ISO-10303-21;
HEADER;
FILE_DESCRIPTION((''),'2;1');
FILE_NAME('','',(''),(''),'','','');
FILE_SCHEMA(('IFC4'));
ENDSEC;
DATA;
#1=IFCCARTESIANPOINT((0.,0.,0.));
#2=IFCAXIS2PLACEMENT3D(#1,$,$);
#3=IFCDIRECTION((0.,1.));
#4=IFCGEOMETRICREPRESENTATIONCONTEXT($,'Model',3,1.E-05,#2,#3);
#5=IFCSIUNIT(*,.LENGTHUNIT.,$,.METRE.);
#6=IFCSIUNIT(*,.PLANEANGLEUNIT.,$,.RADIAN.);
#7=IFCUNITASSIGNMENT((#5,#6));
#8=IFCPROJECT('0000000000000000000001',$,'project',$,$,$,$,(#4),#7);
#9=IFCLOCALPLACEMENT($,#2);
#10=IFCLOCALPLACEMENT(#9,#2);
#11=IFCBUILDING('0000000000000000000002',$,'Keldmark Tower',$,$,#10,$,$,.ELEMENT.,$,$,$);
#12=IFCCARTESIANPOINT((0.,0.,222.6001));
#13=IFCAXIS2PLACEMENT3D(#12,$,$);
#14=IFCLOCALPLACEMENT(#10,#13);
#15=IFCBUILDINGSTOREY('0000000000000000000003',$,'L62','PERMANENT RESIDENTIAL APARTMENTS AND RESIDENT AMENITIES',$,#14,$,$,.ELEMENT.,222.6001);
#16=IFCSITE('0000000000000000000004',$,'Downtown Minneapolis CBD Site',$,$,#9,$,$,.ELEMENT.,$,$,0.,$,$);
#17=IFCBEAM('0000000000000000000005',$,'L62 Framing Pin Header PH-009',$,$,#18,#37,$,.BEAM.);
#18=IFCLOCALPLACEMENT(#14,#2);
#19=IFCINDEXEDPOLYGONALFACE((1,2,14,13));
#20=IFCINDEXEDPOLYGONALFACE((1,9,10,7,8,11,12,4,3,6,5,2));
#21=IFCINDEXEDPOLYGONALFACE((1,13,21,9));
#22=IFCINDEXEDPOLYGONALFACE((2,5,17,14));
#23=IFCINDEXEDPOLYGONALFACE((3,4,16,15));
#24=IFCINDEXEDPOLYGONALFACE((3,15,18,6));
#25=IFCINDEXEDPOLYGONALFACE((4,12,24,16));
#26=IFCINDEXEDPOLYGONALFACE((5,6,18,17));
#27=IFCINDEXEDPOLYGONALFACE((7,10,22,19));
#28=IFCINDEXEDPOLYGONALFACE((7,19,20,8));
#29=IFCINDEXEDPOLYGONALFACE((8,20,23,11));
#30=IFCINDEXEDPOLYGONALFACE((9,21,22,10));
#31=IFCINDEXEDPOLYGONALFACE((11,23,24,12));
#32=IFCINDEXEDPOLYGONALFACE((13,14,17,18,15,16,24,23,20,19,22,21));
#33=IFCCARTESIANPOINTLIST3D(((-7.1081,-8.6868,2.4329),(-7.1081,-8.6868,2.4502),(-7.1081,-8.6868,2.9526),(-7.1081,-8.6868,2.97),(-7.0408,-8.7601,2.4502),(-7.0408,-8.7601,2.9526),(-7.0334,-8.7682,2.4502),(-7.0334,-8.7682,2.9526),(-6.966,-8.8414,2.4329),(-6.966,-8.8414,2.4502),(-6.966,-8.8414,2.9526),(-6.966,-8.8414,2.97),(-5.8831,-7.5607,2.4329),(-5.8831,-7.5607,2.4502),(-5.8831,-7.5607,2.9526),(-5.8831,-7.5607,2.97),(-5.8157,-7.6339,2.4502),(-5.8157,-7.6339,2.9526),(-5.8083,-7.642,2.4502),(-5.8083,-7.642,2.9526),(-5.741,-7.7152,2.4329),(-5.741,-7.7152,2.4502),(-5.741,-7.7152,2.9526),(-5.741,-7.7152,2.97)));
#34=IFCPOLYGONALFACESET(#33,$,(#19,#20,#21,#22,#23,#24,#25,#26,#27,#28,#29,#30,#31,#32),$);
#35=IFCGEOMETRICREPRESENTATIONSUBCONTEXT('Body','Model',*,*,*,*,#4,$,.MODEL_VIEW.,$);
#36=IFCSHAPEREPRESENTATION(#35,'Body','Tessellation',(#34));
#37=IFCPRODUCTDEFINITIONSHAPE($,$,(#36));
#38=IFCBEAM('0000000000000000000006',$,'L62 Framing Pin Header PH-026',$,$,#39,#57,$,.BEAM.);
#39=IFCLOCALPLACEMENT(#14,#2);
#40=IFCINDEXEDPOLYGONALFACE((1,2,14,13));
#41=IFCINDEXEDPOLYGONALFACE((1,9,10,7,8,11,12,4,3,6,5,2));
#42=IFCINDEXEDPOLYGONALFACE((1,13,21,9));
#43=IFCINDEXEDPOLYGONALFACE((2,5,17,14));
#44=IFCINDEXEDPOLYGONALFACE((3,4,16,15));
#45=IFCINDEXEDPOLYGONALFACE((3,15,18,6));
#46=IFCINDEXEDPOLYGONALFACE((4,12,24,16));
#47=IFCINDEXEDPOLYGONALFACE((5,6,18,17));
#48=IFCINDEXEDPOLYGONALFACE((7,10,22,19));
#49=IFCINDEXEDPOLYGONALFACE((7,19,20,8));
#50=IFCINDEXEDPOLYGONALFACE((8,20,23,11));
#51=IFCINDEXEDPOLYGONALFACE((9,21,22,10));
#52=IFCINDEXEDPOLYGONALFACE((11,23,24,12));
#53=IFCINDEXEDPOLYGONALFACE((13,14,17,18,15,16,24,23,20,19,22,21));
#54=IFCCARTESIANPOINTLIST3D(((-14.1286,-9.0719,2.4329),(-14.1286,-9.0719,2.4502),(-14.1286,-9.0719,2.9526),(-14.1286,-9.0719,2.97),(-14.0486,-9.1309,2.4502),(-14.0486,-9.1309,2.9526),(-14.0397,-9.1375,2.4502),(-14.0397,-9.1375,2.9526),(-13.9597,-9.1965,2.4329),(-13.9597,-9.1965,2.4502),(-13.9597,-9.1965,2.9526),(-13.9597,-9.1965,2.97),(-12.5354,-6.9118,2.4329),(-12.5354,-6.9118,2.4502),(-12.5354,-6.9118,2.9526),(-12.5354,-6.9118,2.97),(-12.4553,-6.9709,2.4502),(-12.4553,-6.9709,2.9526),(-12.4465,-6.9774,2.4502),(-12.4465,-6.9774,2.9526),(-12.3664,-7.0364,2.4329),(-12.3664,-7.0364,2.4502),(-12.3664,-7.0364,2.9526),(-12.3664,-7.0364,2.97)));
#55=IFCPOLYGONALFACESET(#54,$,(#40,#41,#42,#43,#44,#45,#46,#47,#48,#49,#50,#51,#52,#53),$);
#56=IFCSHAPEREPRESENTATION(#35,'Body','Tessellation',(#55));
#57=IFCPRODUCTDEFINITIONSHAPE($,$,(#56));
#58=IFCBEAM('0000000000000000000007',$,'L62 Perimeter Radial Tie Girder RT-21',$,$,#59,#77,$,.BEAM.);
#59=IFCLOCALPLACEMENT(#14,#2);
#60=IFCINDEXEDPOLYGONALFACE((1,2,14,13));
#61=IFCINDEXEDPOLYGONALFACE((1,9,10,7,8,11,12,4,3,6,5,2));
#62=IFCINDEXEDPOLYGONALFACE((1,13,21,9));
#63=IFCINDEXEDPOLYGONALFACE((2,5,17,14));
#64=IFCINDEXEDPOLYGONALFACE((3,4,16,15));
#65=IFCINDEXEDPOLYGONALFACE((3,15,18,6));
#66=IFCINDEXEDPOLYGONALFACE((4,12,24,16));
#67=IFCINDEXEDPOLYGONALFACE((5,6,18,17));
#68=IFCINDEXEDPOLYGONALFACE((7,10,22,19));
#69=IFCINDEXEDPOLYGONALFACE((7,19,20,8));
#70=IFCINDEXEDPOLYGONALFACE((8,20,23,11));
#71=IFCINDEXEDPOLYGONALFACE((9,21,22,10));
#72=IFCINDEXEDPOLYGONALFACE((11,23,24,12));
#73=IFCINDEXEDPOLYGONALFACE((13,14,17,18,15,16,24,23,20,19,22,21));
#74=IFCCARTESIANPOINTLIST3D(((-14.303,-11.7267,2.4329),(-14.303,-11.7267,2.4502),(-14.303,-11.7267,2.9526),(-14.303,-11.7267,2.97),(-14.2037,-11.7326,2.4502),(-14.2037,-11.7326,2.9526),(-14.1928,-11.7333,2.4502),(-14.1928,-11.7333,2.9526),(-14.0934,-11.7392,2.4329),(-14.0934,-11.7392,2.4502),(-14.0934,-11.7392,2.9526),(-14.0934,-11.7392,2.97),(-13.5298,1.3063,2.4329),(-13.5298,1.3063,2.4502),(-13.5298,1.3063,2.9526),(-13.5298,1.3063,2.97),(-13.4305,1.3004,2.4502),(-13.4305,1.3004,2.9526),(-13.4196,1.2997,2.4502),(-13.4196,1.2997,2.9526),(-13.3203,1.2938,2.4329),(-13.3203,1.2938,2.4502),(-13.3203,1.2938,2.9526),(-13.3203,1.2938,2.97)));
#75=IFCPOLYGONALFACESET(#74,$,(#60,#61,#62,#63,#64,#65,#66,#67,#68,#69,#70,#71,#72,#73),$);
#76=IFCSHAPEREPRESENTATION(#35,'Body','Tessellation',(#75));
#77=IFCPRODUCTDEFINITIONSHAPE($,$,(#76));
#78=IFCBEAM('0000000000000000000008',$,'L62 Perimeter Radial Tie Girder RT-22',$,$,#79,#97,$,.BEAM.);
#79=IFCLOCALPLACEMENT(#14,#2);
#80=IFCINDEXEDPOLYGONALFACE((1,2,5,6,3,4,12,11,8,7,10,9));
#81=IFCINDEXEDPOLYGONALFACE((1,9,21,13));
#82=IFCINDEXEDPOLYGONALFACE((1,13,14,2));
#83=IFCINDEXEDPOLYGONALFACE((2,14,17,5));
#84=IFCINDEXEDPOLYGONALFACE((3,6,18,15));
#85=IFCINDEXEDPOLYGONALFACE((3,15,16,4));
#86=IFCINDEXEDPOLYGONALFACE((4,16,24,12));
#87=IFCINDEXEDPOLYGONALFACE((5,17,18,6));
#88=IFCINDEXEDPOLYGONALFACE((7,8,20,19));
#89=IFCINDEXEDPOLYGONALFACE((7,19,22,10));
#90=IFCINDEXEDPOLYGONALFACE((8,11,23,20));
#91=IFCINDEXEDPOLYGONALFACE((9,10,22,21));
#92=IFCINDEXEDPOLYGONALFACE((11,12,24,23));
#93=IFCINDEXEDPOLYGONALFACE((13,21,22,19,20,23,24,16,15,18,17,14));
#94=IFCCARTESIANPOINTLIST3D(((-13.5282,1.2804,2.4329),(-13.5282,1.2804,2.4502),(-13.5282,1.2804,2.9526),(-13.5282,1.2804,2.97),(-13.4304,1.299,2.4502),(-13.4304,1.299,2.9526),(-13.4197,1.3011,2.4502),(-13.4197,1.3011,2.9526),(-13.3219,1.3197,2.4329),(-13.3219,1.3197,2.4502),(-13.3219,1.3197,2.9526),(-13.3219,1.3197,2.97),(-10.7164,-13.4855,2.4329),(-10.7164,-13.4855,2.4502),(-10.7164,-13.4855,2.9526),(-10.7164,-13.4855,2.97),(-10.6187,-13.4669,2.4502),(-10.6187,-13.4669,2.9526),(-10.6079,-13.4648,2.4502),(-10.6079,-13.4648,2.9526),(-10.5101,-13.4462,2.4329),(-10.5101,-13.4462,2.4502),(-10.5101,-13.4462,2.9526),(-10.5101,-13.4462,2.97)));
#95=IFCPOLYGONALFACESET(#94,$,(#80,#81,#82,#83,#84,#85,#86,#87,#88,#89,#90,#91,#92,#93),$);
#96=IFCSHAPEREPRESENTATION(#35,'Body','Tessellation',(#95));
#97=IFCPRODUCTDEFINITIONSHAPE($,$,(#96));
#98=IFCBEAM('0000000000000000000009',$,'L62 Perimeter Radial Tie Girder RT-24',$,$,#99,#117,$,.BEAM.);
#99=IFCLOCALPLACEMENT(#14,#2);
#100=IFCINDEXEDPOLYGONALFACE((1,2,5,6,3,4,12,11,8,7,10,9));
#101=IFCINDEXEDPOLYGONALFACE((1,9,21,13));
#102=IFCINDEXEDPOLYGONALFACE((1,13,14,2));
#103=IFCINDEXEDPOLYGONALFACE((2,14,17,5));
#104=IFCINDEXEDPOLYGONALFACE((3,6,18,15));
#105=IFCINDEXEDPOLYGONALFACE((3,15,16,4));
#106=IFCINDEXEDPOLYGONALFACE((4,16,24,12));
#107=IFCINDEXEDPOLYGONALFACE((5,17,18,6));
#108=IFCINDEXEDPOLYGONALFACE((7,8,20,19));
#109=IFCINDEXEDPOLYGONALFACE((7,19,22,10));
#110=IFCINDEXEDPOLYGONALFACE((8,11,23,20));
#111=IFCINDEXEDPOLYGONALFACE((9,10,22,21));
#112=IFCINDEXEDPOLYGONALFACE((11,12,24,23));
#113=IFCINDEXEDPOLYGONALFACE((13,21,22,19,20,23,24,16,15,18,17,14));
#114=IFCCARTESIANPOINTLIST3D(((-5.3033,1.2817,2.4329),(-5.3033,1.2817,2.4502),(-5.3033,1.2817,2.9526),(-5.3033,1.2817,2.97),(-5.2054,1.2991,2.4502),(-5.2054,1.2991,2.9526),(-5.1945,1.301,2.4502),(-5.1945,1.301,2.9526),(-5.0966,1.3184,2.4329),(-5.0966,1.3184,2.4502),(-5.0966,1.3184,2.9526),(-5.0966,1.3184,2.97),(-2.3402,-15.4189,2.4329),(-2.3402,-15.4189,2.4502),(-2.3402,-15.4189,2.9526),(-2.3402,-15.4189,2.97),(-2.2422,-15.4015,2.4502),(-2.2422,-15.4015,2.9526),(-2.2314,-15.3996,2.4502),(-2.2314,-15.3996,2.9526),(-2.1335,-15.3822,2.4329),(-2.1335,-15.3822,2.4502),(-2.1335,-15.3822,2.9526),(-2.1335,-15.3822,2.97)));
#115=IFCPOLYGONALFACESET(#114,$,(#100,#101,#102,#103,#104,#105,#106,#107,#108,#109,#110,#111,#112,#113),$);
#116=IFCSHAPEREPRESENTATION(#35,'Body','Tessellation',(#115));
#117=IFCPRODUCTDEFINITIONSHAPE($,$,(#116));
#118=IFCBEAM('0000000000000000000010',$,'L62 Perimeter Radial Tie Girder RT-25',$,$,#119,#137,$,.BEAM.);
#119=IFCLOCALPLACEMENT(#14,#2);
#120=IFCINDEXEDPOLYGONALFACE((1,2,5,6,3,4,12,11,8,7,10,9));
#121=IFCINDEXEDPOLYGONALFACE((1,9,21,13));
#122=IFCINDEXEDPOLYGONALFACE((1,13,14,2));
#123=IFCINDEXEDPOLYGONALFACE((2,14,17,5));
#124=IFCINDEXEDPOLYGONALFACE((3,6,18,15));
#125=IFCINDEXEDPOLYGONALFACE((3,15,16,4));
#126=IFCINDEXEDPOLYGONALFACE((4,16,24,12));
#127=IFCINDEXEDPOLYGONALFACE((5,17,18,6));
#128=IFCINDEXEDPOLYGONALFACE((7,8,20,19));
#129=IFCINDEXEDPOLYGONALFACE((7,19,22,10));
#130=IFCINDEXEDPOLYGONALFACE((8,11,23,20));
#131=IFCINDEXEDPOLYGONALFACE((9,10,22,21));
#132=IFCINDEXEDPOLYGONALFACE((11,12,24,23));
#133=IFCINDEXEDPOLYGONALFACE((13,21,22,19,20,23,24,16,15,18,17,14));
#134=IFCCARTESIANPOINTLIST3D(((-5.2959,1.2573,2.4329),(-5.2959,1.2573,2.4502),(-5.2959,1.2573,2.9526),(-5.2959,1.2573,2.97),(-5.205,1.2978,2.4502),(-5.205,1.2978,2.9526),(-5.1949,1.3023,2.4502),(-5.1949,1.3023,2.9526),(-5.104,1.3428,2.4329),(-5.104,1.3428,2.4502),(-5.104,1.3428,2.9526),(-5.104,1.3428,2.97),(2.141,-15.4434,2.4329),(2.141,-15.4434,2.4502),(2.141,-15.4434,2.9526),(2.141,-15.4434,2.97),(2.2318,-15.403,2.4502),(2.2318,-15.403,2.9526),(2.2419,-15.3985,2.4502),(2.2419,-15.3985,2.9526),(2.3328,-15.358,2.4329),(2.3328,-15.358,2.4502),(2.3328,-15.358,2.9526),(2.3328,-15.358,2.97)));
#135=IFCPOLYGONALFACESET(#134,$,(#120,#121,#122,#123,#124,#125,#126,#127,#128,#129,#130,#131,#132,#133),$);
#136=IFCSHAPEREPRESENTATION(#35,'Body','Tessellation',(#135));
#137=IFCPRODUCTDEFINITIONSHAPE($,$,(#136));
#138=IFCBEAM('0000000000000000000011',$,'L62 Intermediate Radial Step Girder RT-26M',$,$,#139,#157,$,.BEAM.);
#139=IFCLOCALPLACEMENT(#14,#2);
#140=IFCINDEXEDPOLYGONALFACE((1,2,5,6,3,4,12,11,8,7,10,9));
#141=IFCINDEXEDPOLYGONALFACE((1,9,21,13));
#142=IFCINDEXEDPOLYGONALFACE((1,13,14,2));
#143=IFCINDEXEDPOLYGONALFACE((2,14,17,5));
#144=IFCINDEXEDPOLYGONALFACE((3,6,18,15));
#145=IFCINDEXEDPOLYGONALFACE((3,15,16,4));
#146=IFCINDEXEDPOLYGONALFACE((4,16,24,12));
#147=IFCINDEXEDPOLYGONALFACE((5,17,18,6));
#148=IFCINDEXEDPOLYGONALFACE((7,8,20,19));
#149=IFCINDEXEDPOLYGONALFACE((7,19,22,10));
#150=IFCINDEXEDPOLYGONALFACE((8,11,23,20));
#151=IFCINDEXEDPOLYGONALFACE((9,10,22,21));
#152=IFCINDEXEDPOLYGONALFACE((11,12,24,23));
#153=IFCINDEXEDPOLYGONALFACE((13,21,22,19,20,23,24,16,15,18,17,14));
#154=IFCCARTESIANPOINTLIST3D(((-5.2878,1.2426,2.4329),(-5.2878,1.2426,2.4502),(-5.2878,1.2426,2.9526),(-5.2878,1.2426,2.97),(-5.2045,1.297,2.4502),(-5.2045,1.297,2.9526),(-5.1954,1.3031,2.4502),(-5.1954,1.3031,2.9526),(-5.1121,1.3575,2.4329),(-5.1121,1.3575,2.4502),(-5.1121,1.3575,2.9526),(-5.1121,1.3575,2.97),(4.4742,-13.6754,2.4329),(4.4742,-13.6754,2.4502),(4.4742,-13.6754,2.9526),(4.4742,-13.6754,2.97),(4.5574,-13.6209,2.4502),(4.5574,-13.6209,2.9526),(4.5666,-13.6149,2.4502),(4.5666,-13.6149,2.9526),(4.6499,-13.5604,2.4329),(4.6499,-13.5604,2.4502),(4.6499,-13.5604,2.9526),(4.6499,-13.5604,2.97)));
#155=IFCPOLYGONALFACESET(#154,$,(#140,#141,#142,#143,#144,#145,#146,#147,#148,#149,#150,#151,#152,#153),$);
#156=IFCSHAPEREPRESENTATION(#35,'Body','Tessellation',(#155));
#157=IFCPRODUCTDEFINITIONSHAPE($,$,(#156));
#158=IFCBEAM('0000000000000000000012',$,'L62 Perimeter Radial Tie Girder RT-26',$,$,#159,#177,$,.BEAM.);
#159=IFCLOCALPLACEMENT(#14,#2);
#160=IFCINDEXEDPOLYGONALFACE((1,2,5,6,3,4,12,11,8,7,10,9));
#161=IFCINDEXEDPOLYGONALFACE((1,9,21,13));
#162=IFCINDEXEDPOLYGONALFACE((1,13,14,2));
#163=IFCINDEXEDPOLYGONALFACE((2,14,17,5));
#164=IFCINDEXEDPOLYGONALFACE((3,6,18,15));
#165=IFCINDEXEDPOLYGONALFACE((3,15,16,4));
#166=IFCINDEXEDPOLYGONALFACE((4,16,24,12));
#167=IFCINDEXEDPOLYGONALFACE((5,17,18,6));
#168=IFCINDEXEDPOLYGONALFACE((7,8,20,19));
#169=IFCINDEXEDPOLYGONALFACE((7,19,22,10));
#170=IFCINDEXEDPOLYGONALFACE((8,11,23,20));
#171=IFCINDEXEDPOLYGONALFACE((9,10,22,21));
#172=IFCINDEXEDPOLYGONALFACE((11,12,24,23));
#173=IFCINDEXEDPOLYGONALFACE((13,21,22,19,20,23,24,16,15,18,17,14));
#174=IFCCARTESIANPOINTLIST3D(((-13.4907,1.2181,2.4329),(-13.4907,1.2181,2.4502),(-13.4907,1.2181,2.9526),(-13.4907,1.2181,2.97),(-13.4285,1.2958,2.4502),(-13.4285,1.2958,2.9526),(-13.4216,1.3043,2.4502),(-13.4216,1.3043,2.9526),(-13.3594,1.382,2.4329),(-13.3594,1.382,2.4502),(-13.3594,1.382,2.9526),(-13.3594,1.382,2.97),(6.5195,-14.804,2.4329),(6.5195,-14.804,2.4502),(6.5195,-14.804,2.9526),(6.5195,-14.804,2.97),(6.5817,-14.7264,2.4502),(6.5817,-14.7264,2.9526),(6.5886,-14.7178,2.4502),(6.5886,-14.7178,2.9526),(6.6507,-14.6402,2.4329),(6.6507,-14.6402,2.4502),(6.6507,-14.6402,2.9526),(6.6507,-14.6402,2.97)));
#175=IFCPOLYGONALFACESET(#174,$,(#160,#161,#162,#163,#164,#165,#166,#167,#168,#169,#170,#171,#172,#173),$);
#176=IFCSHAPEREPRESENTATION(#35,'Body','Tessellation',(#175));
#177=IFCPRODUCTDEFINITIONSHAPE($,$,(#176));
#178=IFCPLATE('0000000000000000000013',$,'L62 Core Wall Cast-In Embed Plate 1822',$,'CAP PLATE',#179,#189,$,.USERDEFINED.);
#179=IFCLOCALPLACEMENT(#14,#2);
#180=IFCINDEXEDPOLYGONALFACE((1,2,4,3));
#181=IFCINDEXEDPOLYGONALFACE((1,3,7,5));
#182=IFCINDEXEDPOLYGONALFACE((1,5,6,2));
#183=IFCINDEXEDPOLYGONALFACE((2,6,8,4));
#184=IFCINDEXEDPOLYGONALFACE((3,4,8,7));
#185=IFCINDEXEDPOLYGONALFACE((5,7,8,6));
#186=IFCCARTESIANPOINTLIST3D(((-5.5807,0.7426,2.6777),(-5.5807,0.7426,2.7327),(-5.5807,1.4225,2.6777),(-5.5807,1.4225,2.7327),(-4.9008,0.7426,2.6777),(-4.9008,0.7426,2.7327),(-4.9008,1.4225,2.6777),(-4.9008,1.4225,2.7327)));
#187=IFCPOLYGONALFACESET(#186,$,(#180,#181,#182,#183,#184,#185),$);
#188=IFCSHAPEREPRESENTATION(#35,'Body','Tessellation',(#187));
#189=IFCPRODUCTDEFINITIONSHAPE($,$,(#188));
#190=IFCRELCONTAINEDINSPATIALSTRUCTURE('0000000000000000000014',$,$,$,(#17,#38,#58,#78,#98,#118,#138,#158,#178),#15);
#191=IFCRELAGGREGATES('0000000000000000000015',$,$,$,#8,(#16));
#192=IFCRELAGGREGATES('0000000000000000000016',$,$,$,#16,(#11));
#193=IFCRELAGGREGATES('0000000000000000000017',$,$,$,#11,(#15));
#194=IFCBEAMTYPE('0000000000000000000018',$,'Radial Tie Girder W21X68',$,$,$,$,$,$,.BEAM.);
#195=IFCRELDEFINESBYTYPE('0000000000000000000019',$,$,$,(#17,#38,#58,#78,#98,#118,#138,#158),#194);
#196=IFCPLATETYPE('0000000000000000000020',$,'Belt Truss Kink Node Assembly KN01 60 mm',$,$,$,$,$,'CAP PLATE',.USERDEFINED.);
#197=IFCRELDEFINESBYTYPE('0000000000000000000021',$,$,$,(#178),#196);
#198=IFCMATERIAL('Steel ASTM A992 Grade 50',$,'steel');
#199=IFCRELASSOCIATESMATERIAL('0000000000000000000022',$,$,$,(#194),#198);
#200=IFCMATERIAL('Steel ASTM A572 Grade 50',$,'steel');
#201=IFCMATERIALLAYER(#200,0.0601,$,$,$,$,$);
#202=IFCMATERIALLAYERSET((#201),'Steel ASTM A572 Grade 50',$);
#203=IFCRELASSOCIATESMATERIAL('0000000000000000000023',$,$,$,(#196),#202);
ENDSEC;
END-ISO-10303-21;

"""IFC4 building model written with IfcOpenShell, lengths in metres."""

from ifc_helpers import new_model, si_unit, direction, frame, origin, origin_2d, place, context, subcontext, project, spatial, rectangle, i_section, extrude, material, layer, layer_set, material_profile, profile_set, type_object, element, save


model = new_model("IFC4")

# Units and contexts
model_context = context("Model", 3, precision=1e-05, world=origin(), true_north=direction((0.0, 1.0)))
body_context = subcontext(model_context, "Body", "Model", "MODEL_VIEW")
ifc_project = project(units=[si_unit("LENGTHUNIT", "METRE"), si_unit("PLANEANGLEUNIT", "RADIAN")], contexts=[model_context])

# Site, building, storey
site_placement = place(None, origin())
site = spatial("IfcSite", under=ifc_project, at=site_placement, Name="Downtown Minneapolis CBD Site", CompositionType="ELEMENT", RefElevation=0.0)
building_placement = place(site_placement, origin())
building = spatial("IfcBuilding", under=site, at=building_placement, Name="Keldmark Tower", CompositionType="ELEMENT")
storey_placement = place(building_placement, frame((0.0, 0.0, 222.6001)))
storey = spatial("IfcBuildingStorey", under=building, at=storey_placement, Name="L62", Description="PERMANENT RESIDENTIAL APARTMENTS AND RESIDENT AMENITIES", CompositionType="ELEMENT", Elevation=222.6001)

# Beams
ifc_material_1 = material(Name="Steel ASTM A992 Grade 50", Category="steel")
ifc_material_profile_1 = material_profile(ifc_material_1, i_section(OverallWidth=0.21, OverallDepth=0.5371, WebThickness=0.011, FlangeThickness=0.0173, at=origin_2d()), Name="W21X68")
ifc_profile_set_1 = profile_set([ifc_material_profile_1], Name="Steel ASTM A992 Grade 50")
beam_type_1 = type_object("IfcBeamType", Name="Radial Tie Girder W21X68", PredefinedType="BEAM", material=ifc_profile_set_1)
beam_1_placement = place(storey_placement, frame((-5.812, -7.6379, 2.7014), z_axis=(-0.736191, -0.676774, 0.0), x_axis=(0.676774, -0.736191, 0.0)))
element("IfcBeam", 1, at=beam_1_placement, inside=storey, type_object=beam_type_1, Name="L62 Framing Pin Header PH-009", PredefinedType="BEAM", context=body_context, shape_type="SweptSolid", body=[
    extrude(i_section(OverallWidth=0.21, OverallDepth=0.5371, WebThickness=0.011, FlangeThickness=0.0173, at=origin_2d()), origin(), (0.0, 0.0, 1.0), 1.6641),
])
beam_2_placement = place(storey_placement, frame((-12.4509, -6.9741, 2.7014), z_axis=(-0.593577, -0.804777, 0.0), x_axis=(0.804777, -0.593577, 0.0)))
element("IfcBeam", 2, at=beam_2_placement, inside=storey, type_object=beam_type_1, Name="L62 Framing Pin Header PH-026", PredefinedType="BEAM", context=body_context, shape_type="SweptSolid", body=[
    extrude(i_section(OverallWidth=0.21, OverallDepth=0.5371, WebThickness=0.011, FlangeThickness=0.0173, at=origin_2d()), origin(), (0.0, 0.0, 1.0), 2.6841),
])
beam_3_placement = place(storey_placement, frame((-13.425, 1.3, 2.7014), z_axis=(-0.059222, -0.998245, 0.0), x_axis=(0.998245, -0.059222, 0.0)))
element("IfcBeam", 3, at=beam_3_placement, inside=storey, type_object=beam_type_1, Name="L62 Perimeter Radial Tie Girder RT-21", PredefinedType="BEAM", context=body_context, shape_type="SweptSolid", body=[
    extrude(i_section(OverallWidth=0.21, OverallDepth=0.5371, WebThickness=0.011, FlangeThickness=0.0173, at=origin_2d()), origin(), (0.0, 0.0, 1.0), 13.0559),
])
beam_4_placement = place(storey_placement, frame((-13.425, 1.3, 2.7014), z_axis=(0.187062, -0.982348, 0.0), x_axis=(0.982348, 0.187062, 0.0)))
element("IfcBeam", 4, at=beam_4_placement, inside=storey, type_object=beam_type_1, Name="L62 Perimeter Radial Tie Girder RT-22", PredefinedType="BEAM", context=body_context, shape_type="SweptSolid", body=[
    extrude(i_section(OverallWidth=0.21, OverallDepth=0.5371, WebThickness=0.011, FlangeThickness=0.0173, at=origin_2d()), origin(), (0.0, 0.0, 1.0), 15.0312),
])
beam_5_placement = place(storey_placement, frame((-5.2, 1.3, 2.7014), z_axis=(0.174698, -0.984622, 0.0), x_axis=(0.984622, 0.174698, 0.0)))
element("IfcBeam", 5, at=beam_5_placement, inside=storey, type_object=beam_type_1, Name="L62 Perimeter Radial Tie Girder RT-24", PredefinedType="BEAM", context=body_context, shape_type="SweptSolid", body=[
    extrude(i_section(OverallWidth=0.21, OverallDepth=0.5371, WebThickness=0.011, FlangeThickness=0.0173, at=origin_2d()), origin(), (0.0, 0.0, 1.0), 16.9614),
])
beam_6_placement = place(storey_placement, frame((-5.2, 1.3, 2.7014), z_axis=(0.406789, -0.913522, 0.0), x_axis=(0.913522, 0.406789, 0.0)))
element("IfcBeam", 6, at=beam_6_placement, inside=storey, type_object=beam_type_1, Name="L62 Perimeter Radial Tie Girder RT-25", PredefinedType="BEAM", context=body_context, shape_type="SweptSolid", body=[
    extrude(i_section(OverallWidth=0.21, OverallDepth=0.5371, WebThickness=0.011, FlangeThickness=0.0173, at=origin_2d()), origin(), (0.0, 0.0, 1.0), 18.2817),
])
beam_7_placement = place(storey_placement, frame((-5.2, 1.3, 2.7014), z_axis=(0.54756, -0.836766, 0.0), x_axis=(0.836766, 0.54756, 0.0)))
element("IfcBeam", 7, at=beam_7_placement, inside=storey, type_object=beam_type_1, Name="L62 Intermediate Radial Step Girder RT-26M", PredefinedType="BEAM", context=body_context, shape_type="SweptSolid", body=[
    extrude(i_section(OverallWidth=0.21, OverallDepth=0.5371, WebThickness=0.011, FlangeThickness=0.0173, at=origin_2d()), origin(), (0.0, 0.0, 1.0), 17.8281),
])
beam_8_placement = place(storey_placement, frame((-13.425, 1.3, 2.7014), z_axis=(0.780602, -0.625028, 0.0), x_axis=(0.625028, 0.780602, 0.0)))
element("IfcBeam", 8, at=beam_8_placement, inside=storey, type_object=beam_type_1, Name="L62 Perimeter Radial Tie Girder RT-26", PredefinedType="BEAM", context=body_context, shape_type="SweptSolid", body=[
    extrude(i_section(OverallWidth=0.21, OverallDepth=0.5371, WebThickness=0.011, FlangeThickness=0.0173, at=origin_2d()), origin(), (0.0, 0.0, 1.0), 25.6343),
])

# Plate
ifc_material_2 = material(Name="Steel ASTM A572 Grade 50", Category="steel")
ifc_layer_1 = layer(ifc_material_2, 0.0601)
ifc_layer_set_1 = layer_set([ifc_layer_1], Name="Steel ASTM A572 Grade 50")
plate_type = type_object("IfcPlateType", Name="Belt Truss Kink Node Assembly KN01 60 mm", ElementType="CAP PLATE", PredefinedType="USERDEFINED", material=ifc_layer_set_1)
for number, where, z_axis, x_axis, name in (
    (9, (-5.2407, 1.0825, 2.6777), (0.0, 0.0, 1.0), (1.0, 0.0, 0.0), "L62 Core Wall Cast-In Embed Plate 1822"),
):
    element("IfcPlate", number, at=place(storey_placement, frame(where, z_axis=z_axis, x_axis=x_axis)), inside=storey, type_object=plate_type, Name=name, ObjectType="CAP PLATE", PredefinedType="USERDEFINED", context=body_context, shape_type="SweptSolid", body=[
        extrude(rectangle(XDim=0.6799, YDim=0.6799, at=origin_2d()), origin(), (0.0, 0.0, 1.0), 0.0549),
    ])

save(model, "model.ifc")
